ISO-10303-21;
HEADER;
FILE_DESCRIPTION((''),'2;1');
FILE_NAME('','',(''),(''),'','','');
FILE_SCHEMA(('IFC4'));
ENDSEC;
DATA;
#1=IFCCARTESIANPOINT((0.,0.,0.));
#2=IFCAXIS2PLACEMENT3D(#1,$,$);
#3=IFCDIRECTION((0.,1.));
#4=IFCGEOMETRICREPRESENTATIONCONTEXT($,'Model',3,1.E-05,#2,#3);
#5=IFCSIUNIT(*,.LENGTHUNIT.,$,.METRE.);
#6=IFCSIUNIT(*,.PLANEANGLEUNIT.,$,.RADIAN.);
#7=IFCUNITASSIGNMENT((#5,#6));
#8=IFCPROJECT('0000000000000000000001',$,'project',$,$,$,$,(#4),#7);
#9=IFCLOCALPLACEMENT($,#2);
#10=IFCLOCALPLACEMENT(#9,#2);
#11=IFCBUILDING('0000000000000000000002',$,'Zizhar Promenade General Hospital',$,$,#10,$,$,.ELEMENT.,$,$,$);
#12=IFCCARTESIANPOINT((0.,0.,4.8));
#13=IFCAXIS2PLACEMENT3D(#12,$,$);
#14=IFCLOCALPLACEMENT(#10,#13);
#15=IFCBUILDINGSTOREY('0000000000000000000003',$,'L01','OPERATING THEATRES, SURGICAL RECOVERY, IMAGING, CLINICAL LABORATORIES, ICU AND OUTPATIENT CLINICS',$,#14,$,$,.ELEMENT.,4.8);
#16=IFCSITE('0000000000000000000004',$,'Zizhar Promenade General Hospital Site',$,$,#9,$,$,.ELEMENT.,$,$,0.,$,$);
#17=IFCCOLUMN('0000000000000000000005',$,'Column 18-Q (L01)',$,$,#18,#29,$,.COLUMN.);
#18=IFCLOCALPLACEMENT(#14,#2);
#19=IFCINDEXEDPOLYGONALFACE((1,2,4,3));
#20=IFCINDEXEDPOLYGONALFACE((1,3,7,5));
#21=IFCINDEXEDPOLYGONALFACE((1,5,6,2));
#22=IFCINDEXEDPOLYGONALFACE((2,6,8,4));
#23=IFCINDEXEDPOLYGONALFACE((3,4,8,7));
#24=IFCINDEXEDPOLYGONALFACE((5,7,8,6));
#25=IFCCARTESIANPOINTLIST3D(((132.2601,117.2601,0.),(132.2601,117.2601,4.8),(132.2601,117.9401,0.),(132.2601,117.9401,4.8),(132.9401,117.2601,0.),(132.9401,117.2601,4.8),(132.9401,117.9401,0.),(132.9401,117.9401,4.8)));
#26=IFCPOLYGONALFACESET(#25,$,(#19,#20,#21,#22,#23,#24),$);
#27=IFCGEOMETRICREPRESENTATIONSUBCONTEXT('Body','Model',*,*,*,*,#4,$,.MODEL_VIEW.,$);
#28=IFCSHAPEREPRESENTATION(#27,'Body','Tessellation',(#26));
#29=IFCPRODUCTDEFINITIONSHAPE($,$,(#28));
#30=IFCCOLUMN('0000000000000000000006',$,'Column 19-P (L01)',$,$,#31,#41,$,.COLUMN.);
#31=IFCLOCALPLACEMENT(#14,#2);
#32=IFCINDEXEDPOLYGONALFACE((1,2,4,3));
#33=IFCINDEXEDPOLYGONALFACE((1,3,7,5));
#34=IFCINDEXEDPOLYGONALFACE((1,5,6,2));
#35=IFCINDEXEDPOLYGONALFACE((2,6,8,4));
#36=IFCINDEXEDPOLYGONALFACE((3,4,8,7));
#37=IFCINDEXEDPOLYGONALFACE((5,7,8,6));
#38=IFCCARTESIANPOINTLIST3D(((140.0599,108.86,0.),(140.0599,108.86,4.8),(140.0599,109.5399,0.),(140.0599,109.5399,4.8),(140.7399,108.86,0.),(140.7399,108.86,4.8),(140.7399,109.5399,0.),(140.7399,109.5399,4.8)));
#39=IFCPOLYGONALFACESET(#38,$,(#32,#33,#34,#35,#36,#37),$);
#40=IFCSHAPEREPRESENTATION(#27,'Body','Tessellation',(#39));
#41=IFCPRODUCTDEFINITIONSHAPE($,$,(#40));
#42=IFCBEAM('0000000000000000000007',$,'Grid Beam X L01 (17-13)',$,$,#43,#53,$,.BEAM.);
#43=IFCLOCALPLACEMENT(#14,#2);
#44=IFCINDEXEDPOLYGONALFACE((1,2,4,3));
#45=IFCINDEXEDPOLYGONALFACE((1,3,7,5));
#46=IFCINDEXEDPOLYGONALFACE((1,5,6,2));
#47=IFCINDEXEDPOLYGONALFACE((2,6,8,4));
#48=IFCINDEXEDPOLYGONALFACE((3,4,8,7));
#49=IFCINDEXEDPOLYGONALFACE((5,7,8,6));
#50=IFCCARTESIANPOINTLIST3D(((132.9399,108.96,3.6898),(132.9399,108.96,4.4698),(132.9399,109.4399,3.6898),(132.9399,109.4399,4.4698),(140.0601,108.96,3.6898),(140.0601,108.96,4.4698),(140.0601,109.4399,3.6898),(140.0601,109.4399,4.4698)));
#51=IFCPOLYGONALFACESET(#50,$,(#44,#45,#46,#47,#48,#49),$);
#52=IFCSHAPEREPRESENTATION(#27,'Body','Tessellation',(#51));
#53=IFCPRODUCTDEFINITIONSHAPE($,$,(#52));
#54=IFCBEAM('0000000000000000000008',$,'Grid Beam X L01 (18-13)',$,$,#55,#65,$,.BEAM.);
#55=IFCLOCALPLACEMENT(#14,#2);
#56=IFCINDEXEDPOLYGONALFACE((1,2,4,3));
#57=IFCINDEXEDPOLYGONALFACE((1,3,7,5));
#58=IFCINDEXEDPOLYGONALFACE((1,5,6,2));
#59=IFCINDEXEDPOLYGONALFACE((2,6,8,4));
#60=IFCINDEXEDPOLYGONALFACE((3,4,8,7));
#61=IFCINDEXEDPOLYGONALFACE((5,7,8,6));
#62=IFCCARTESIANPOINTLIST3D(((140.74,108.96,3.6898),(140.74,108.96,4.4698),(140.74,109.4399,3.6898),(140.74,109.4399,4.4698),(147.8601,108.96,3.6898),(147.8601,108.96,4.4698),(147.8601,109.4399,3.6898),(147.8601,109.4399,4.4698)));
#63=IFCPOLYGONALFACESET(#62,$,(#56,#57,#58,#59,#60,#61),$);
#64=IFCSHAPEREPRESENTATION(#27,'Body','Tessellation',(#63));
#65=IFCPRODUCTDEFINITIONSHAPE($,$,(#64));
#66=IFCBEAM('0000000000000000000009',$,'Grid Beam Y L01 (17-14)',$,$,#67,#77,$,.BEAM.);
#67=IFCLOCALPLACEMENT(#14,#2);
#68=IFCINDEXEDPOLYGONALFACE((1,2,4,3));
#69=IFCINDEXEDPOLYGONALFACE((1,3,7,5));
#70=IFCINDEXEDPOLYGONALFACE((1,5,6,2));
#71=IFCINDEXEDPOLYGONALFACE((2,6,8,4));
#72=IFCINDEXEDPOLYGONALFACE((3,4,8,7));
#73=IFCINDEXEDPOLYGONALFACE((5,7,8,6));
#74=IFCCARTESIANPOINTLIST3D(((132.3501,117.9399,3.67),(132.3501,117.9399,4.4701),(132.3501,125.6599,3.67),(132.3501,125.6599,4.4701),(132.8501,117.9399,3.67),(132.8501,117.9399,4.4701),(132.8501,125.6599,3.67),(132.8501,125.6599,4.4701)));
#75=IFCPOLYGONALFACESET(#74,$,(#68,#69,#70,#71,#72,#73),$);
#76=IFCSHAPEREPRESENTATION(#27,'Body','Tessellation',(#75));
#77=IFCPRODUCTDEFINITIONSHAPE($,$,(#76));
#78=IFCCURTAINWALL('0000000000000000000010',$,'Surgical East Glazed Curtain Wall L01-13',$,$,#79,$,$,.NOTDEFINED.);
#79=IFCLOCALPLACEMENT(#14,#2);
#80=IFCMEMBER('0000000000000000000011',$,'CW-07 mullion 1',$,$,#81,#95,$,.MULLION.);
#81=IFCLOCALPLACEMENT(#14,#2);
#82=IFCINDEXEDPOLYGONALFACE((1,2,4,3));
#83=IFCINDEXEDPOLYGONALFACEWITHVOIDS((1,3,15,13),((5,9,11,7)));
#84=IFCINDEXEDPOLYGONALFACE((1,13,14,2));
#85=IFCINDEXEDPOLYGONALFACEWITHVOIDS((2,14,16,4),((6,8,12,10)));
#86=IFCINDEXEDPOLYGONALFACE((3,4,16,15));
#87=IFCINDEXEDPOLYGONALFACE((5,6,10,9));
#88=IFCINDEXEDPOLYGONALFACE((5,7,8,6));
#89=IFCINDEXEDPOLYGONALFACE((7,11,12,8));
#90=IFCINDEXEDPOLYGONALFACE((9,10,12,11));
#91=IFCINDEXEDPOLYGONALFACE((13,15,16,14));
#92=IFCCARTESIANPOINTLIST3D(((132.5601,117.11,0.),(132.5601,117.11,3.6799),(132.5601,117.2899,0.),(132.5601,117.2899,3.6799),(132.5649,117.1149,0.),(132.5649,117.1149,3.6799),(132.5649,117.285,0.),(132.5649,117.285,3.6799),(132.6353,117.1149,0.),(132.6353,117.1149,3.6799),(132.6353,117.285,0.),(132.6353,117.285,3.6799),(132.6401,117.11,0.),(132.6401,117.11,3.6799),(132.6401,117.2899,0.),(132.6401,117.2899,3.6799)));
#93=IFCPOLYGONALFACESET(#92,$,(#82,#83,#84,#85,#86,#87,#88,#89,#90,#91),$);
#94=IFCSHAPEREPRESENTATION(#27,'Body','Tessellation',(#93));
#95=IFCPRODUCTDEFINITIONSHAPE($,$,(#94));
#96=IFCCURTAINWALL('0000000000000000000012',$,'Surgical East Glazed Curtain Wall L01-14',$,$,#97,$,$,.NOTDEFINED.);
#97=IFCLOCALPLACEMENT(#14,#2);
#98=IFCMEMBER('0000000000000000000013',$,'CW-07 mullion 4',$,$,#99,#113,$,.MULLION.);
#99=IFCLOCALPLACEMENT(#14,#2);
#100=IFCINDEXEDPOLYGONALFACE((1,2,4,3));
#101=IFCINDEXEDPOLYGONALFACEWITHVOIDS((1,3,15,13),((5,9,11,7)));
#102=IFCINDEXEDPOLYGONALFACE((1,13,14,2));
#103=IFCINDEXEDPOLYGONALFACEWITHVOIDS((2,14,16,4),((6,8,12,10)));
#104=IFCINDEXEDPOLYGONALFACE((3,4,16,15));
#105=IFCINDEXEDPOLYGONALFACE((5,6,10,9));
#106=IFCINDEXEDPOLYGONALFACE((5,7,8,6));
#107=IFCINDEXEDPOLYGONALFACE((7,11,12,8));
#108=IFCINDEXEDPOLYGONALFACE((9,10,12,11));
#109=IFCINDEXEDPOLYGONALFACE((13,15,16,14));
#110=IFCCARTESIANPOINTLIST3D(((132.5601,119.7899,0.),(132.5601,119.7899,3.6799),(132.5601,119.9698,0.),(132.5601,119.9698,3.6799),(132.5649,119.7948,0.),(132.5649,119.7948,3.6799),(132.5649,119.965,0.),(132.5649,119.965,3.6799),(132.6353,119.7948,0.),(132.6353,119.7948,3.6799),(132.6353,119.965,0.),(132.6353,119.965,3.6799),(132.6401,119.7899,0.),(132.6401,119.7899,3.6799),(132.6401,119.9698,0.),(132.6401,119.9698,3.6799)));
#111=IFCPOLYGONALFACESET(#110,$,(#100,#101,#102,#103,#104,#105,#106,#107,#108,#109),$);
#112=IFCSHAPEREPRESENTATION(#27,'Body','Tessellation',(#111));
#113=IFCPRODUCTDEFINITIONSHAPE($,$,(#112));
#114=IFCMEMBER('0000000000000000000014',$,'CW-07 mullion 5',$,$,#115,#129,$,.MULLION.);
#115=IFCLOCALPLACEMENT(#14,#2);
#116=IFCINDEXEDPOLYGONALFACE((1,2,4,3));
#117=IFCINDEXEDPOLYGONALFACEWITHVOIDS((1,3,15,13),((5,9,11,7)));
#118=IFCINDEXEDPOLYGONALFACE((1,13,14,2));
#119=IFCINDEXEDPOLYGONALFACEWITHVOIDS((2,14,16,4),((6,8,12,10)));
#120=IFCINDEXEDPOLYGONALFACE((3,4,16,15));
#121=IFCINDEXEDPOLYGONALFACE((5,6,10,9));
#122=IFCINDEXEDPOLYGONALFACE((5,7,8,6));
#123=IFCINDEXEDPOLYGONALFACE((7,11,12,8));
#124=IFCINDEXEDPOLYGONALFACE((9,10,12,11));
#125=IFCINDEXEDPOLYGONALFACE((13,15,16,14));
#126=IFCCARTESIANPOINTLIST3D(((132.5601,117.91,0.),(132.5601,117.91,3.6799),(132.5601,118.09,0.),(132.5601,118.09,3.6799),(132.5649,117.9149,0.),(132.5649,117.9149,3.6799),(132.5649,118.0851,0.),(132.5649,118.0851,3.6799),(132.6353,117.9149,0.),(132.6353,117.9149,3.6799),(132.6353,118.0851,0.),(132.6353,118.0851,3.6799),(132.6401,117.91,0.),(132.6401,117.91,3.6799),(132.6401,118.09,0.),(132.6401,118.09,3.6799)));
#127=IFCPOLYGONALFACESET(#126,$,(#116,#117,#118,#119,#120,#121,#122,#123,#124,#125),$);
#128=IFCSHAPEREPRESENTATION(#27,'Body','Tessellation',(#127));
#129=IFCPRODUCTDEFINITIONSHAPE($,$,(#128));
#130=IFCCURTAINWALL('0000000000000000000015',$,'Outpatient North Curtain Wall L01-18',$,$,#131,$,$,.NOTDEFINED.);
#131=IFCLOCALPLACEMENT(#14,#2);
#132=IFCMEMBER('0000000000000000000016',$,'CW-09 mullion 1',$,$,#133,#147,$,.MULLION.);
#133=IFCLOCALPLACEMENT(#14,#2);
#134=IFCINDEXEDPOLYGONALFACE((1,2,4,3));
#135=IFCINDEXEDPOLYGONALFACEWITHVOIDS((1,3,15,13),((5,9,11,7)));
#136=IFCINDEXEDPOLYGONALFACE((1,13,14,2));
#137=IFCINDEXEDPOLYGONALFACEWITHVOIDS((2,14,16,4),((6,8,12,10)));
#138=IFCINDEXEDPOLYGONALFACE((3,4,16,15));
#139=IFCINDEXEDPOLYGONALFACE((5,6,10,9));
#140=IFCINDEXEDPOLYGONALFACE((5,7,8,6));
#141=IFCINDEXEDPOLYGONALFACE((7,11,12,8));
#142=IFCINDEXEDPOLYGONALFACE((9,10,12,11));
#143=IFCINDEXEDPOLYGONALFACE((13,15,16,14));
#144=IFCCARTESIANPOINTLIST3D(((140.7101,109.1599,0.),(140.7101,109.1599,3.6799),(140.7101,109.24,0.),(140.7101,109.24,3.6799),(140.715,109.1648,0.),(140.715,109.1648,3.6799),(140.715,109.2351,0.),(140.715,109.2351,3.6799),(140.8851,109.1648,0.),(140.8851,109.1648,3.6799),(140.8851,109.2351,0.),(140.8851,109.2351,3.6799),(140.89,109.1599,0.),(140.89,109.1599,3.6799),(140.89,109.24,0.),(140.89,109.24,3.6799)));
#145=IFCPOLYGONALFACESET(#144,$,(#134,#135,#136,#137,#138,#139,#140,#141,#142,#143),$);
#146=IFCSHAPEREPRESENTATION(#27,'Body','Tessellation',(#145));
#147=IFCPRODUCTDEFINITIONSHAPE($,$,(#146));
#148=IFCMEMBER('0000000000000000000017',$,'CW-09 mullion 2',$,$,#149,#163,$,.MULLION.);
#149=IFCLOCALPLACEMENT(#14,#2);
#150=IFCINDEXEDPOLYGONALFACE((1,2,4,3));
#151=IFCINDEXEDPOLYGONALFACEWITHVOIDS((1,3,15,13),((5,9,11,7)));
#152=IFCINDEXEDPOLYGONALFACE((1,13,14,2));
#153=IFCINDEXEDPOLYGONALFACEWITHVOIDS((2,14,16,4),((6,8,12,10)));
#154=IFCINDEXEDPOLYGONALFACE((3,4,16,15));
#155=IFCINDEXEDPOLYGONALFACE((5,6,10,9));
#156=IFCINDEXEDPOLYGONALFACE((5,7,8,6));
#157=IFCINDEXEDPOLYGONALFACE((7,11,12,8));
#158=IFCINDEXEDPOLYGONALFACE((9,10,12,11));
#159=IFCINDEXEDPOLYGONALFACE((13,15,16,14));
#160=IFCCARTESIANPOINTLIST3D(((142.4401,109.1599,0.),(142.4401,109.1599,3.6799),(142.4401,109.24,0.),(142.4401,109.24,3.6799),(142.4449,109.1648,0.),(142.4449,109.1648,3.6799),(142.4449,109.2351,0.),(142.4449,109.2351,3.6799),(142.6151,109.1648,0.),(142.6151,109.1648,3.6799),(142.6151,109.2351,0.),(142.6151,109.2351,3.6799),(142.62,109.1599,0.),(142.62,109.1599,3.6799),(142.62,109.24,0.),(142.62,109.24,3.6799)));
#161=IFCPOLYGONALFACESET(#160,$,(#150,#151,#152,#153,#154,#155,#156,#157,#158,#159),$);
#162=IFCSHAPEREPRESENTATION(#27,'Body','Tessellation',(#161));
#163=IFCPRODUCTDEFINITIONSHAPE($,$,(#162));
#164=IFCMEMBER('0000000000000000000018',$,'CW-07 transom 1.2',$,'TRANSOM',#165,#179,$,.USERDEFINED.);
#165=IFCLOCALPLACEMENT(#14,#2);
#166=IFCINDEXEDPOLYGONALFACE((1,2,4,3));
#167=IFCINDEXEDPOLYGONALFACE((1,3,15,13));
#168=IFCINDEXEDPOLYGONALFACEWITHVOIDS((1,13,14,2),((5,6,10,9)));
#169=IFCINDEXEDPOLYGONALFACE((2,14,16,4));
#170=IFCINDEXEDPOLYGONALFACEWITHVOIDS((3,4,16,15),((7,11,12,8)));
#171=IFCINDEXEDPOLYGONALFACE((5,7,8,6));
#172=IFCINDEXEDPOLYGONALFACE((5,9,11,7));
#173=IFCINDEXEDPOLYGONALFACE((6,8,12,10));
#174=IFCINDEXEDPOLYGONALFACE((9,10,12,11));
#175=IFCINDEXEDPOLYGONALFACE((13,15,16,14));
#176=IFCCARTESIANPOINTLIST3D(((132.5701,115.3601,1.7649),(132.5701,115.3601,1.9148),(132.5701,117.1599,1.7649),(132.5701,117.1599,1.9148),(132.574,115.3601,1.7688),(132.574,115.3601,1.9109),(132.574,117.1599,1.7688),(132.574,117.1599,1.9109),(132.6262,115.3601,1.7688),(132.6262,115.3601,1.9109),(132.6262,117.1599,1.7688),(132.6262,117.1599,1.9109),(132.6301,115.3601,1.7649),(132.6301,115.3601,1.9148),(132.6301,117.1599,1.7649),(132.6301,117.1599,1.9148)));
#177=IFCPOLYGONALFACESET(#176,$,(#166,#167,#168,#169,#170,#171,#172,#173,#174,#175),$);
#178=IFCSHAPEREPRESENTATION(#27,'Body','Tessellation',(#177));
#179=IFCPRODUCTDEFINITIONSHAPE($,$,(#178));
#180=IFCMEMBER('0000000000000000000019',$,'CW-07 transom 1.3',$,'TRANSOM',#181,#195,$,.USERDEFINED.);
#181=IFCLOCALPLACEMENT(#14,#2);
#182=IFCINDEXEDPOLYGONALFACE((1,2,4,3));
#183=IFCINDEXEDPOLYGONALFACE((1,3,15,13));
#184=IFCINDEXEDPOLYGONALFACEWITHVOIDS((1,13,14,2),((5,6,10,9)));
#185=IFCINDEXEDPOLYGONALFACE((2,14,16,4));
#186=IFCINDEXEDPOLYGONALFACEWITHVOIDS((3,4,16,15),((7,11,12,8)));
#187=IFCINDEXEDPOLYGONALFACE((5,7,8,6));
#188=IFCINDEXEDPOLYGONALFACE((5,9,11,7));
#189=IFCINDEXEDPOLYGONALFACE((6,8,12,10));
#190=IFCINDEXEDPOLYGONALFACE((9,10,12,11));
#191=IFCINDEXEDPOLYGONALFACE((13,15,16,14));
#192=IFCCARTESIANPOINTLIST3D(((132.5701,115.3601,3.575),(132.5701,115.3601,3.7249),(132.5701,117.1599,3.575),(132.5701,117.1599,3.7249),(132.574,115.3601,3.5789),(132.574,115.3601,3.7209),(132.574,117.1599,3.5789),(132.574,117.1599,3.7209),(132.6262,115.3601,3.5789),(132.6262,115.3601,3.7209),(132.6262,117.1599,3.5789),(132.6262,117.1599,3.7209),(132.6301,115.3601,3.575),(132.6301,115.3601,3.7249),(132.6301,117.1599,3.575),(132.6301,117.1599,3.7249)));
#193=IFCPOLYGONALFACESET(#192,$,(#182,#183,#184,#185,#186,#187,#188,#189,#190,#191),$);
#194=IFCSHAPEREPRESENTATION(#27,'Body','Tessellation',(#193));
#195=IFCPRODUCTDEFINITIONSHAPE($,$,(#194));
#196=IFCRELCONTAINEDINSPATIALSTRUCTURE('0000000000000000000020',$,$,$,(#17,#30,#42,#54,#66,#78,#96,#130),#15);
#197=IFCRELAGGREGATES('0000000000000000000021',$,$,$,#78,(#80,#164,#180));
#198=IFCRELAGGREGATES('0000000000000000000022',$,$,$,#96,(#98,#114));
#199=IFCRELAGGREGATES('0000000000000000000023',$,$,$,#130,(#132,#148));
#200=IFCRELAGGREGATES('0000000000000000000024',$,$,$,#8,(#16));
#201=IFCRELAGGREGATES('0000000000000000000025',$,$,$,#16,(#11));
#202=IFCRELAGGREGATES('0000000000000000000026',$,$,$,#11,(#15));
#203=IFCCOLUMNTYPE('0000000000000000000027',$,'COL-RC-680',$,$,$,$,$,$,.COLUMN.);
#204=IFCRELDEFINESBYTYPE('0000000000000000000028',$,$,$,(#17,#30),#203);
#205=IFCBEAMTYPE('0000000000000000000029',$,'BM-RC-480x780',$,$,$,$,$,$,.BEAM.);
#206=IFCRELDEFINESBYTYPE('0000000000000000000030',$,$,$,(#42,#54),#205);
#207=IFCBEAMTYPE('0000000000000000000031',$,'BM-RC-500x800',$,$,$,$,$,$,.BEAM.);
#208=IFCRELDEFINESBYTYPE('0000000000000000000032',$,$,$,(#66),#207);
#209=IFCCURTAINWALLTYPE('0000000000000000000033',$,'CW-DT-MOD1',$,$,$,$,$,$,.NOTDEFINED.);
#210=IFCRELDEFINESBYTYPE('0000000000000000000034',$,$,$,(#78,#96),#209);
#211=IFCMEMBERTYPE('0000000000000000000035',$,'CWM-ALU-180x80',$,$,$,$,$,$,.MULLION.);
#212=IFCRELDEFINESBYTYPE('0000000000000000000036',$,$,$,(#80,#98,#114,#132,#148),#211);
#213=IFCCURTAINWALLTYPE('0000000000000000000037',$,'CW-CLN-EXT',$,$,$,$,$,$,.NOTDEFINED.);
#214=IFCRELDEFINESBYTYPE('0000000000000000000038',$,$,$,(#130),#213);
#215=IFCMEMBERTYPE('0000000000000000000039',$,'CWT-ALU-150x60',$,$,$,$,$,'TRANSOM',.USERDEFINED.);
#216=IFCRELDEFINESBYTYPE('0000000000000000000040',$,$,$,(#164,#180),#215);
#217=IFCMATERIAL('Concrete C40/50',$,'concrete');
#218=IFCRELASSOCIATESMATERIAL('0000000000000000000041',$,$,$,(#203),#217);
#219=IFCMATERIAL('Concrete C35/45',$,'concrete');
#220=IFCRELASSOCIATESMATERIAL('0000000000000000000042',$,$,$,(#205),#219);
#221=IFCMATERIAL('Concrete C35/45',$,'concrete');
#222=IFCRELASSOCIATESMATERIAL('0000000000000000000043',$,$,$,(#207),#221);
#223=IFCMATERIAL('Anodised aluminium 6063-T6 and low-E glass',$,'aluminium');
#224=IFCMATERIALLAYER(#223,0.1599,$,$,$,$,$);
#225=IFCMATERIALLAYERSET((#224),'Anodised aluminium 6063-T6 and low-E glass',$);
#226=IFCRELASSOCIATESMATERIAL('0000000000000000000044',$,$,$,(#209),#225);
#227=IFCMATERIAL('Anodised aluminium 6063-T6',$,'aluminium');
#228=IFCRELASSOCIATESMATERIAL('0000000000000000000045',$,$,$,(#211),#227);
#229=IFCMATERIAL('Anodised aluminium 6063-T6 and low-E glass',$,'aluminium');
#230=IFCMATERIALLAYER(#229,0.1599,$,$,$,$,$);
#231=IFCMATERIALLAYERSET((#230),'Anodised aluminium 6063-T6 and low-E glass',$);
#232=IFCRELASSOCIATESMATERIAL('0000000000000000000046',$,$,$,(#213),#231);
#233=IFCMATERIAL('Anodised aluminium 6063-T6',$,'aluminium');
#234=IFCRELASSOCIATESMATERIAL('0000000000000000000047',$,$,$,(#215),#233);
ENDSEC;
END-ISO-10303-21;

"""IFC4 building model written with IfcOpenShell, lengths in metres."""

from ifc_helpers import new_model, si_unit, direction, frame, origin, origin_2d, place, context, subcontext, project, spatial, rectangle, hollow_rectangle, extrude, material, layer, layer_set, material_profile, profile_set, type_object, element, aggregate, save


model = new_model("IFC4")

# Units and contexts
model_context = context("Model", 3, precision=1e-05, world=origin(), true_north=direction((0.0, 1.0)))
body_context = subcontext(model_context, "Body", "Model", "MODEL_VIEW")
ifc_project = project(units=[si_unit("LENGTHUNIT", "METRE"), si_unit("PLANEANGLEUNIT", "RADIAN")], contexts=[model_context])

# Site, building, storey
site_placement = place(None, origin())
site = spatial("IfcSite", under=ifc_project, at=site_placement, Name="Zizhar Promenade General Hospital Site", CompositionType="ELEMENT", RefElevation=0.0)
building_placement = place(site_placement, origin())
building = spatial("IfcBuilding", under=site, at=building_placement, Name="Zizhar Promenade General Hospital", CompositionType="ELEMENT")
storey_placement = place(building_placement, frame((0.0, 0.0, 4.8)))
storey = spatial("IfcBuildingStorey", under=building, at=storey_placement, Name="L01", Description="OPERATING THEATRES, SURGICAL RECOVERY, IMAGING, CLINICAL LABORATORIES, ICU AND OUTPATIENT CLINICS", CompositionType="ELEMENT", Elevation=4.8)

# Columns
ifc_material_1 = material(Name="Concrete C40/50", Category="concrete")
ifc_material_profile_1 = material_profile(ifc_material_1, rectangle(XDim=0.6799, YDim=0.6799, at=origin_2d()))
ifc_profile_set_1 = profile_set([ifc_material_profile_1], Name="Concrete C40/50")
column_type = type_object("IfcColumnType", Name="COL-RC-680", PredefinedType="COLUMN", material=ifc_profile_set_1)
for number, where, z_axis, x_axis, name in (
    (1, (132.6001, 117.6001, 0.0), (0.0, 0.0, 1.0), (1.0, 0.0, 0.0), "Column 18-Q (L01)"),
    (2, (140.3999, 109.2, 0.0), (0.0, 0.0, 1.0), (1.0, 0.0, 0.0), "Column 19-P (L01)"),
):
    element("IfcColumn", number, at=place(storey_placement, frame(where, z_axis=z_axis, x_axis=x_axis)), inside=storey, type_object=column_type, Name=name, PredefinedType="COLUMN", context=body_context, shape_type="SweptSolid", body=[
        extrude(rectangle(XDim=0.6799, YDim=0.6799, at=origin_2d()), origin(), (0.0, 0.0, 1.0), 4.8),
    ])

# Beams
ifc_material_2 = material(Name="Concrete C35/45", Category="concrete")
ifc_material_profile_2 = material_profile(ifc_material_2, rectangle(XDim=0.48, YDim=0.78, at=origin_2d()))
ifc_profile_set_2 = profile_set([ifc_material_profile_2], Name="Concrete C35/45")
beam_type_1 = type_object("IfcBeamType", Name="BM-RC-480x780", PredefinedType="BEAM", material=ifc_profile_set_2)
for number, where, z_axis, x_axis, name in (
    (3, (132.9399, 109.2, 4.0798), (1.0, 0.0, 0.0), (0.0, 1.0, 0.0), "Grid Beam X L01 (17-13)"),
    (4, (140.74, 109.2, 4.0798), (1.0, 0.0, 0.0), (0.0, 1.0, 0.0), "Grid Beam X L01 (18-13)"),
):
    element("IfcBeam", number, at=place(storey_placement, frame(where, z_axis=z_axis, x_axis=x_axis)), inside=storey, type_object=beam_type_1, Name=name, PredefinedType="BEAM", context=body_context, shape_type="SweptSolid", body=[
        extrude(rectangle(XDim=0.48, YDim=0.78, at=origin_2d()), origin(), (0.0, 0.0, 1.0), 7.1201),
    ])
ifc_material_3 = material(Name="Concrete C35/45", Category="concrete")
ifc_material_profile_3 = material_profile(ifc_material_3, rectangle(XDim=0.5, YDim=0.8, at=origin_2d()))
ifc_profile_set_3 = profile_set([ifc_material_profile_3], Name="Concrete C35/45")
beam_type_2 = type_object("IfcBeamType", Name="BM-RC-500x800", PredefinedType="BEAM", material=ifc_profile_set_3)
beam_placement = place(storey_placement, frame((132.6001, 117.9399, 4.0701), z_axis=(0.0, 1.0, 0.0), x_axis=(-1.0, 0.0, 0.0)))
element("IfcBeam", 5, at=beam_placement, inside=storey, type_object=beam_type_2, Name="Grid Beam Y L01 (17-14)", PredefinedType="BEAM", context=body_context, shape_type="SweptSolid", body=[
    extrude(rectangle(XDim=0.5, YDim=0.8, at=origin_2d()), origin(), (0.0, 0.0, 1.0), 7.72),
])

# Curtain wall, member
ifc_material_4 = material(Name="Anodised aluminium 6063-T6 and low-E glass", Category="aluminium")
ifc_layer_1 = layer(ifc_material_4, 0.1599)
ifc_layer_set_1 = layer_set([ifc_layer_1], Name="Anodised aluminium 6063-T6 and low-E glass")
curtain_wall_type_1 = type_object("IfcCurtainWallType", Name="CW-DT-MOD1", PredefinedType="NOTDEFINED", material=ifc_layer_set_1)
curtain_wall_1_placement = place(storey_placement, origin())
curtain_wall_1 = element("IfcCurtainWall", 6, at=curtain_wall_1_placement, inside=storey, type_object=curtain_wall_type_1, Name="Surgical East Glazed Curtain Wall L01-13", PredefinedType="NOTDEFINED")
ifc_material_5 = material(Name="Anodised aluminium 6063-T6", Category="aluminium")
ifc_material_profile_4 = material_profile(ifc_material_5, hollow_rectangle(XDim=0.0801, YDim=0.1799, WallThickness=0.0049, at=origin_2d()))
ifc_profile_set_4 = profile_set([ifc_material_profile_4], Name="Anodised aluminium 6063-T6")
member_type_1 = type_object("IfcMemberType", Name="CWM-ALU-180x80", PredefinedType="MULLION", material=ifc_profile_set_4)
member_1_placement = place(storey_placement, frame((132.6001, 117.2, 0.0), z_axis=(0.0, 0.0, 1.0), x_axis=(1.0, 0.0, 0.0)))
member_1 = element("IfcMember", 7, at=member_1_placement, type_object=member_type_1, Name="CW-07 mullion 1", PredefinedType="MULLION", context=body_context, shape_type="SweptSolid", body=[
    extrude(hollow_rectangle(XDim=0.0801, YDim=0.1799, WallThickness=0.0049, at=origin_2d()), origin(), (0.0, 0.0, 1.0), 3.6799),
])

# Curtain walls, members
curtain_wall_2_placement = place(storey_placement, origin())
curtain_wall_2 = element("IfcCurtainWall", 8, at=curtain_wall_2_placement, inside=storey, type_object=curtain_wall_type_1, Name="Surgical East Glazed Curtain Wall L01-14", PredefinedType="NOTDEFINED")
member_2_placement = place(storey_placement, frame((132.6001, 119.8799, 0.0), z_axis=(0.0, 0.0, 1.0), x_axis=(1.0, 0.0, 0.0)))
member_2 = element("IfcMember", 9, at=member_2_placement, type_object=member_type_1, Name="CW-07 mullion 4", PredefinedType="MULLION", context=body_context, shape_type="SweptSolid", body=[
    extrude(hollow_rectangle(XDim=0.0801, YDim=0.1799, WallThickness=0.0049, at=origin_2d()), origin(), (0.0, 0.0, 1.0), 3.6799),
])
member_3_placement = place(storey_placement, frame((132.6001, 118.0, 0.0), z_axis=(0.0, 0.0, 1.0), x_axis=(1.0, 0.0, 0.0)))
member_3 = element("IfcMember", 10, at=member_3_placement, type_object=member_type_1, Name="CW-07 mullion 5", PredefinedType="MULLION", context=body_context, shape_type="SweptSolid", body=[
    extrude(hollow_rectangle(XDim=0.0801, YDim=0.1799, WallThickness=0.0049, at=origin_2d()), origin(), (0.0, 0.0, 1.0), 3.6799),
])
ifc_material_6 = material(Name="Anodised aluminium 6063-T6 and low-E glass", Category="aluminium")
ifc_layer_2 = layer(ifc_material_6, 0.1599)
ifc_layer_set_2 = layer_set([ifc_layer_2], Name="Anodised aluminium 6063-T6 and low-E glass")
curtain_wall_type_2 = type_object("IfcCurtainWallType", Name="CW-CLN-EXT", PredefinedType="NOTDEFINED", material=ifc_layer_set_2)
curtain_wall_3_placement = place(storey_placement, origin())
curtain_wall_3 = element("IfcCurtainWall", 11, at=curtain_wall_3_placement, inside=storey, type_object=curtain_wall_type_2, Name="Outpatient North Curtain Wall L01-18", PredefinedType="NOTDEFINED")
member_4_placement = place(storey_placement, frame((140.8, 109.2, 0.0), z_axis=(0.0, 0.0, 1.0), x_axis=(0.0, 1.0, 0.0)))
member_4 = element("IfcMember", 12, at=member_4_placement, type_object=member_type_1, Name="CW-09 mullion 1", PredefinedType="MULLION", context=body_context, shape_type="SweptSolid", body=[
    extrude(hollow_rectangle(XDim=0.0801, YDim=0.1799, WallThickness=0.0049, at=origin_2d()), origin(), (0.0, 0.0, 1.0), 3.6799),
])
member_5_placement = place(storey_placement, frame((142.53, 109.2, 0.0), z_axis=(0.0, 0.0, 1.0), x_axis=(0.0, 1.0, 0.0)))
member_5 = element("IfcMember", 13, at=member_5_placement, type_object=member_type_1, Name="CW-09 mullion 2", PredefinedType="MULLION", context=body_context, shape_type="SweptSolid", body=[
    extrude(hollow_rectangle(XDim=0.0801, YDim=0.1799, WallThickness=0.0049, at=origin_2d()), origin(), (0.0, 0.0, 1.0), 3.6799),
])

# Members
ifc_material_7 = material(Name="Anodised aluminium 6063-T6", Category="aluminium")
ifc_material_profile_5 = material_profile(ifc_material_7, hollow_rectangle(XDim=0.0601, YDim=0.1499, WallThickness=0.0039, at=origin_2d()))
ifc_profile_set_5 = profile_set([ifc_material_profile_5], Name="Anodised aluminium 6063-T6")
member_type_2 = type_object("IfcMemberType", Name="CWT-ALU-150x60", ElementType="TRANSOM", PredefinedType="USERDEFINED", material=ifc_profile_set_5)
member_6_placement = place(storey_placement, frame((132.6001, 117.1599, 1.8398), z_axis=(0.0, -1.0, 0.0), x_axis=(1.0, 0.0, 0.0)))
member_6 = element("IfcMember", 14, at=member_6_placement, type_object=member_type_2, Name="CW-07 transom 1.2", ObjectType="TRANSOM", PredefinedType="USERDEFINED", context=body_context, shape_type="SweptSolid", body=[
    extrude(hollow_rectangle(XDim=0.0601, YDim=0.1499, WallThickness=0.0039, at=origin_2d()), origin(), (0.0, 0.0, 1.0), 1.7998),
])
member_7_placement = place(storey_placement, frame((132.6001, 117.1599, 3.6499), z_axis=(0.0, -1.0, 0.0), x_axis=(1.0, 0.0, 0.0)))
member_7 = element("IfcMember", 15, at=member_7_placement, type_object=member_type_2, Name="CW-07 transom 1.3", ObjectType="TRANSOM", PredefinedType="USERDEFINED", context=body_context, shape_type="SweptSolid", body=[
    extrude(hollow_rectangle(XDim=0.0601, YDim=0.1499, WallThickness=0.0039, at=origin_2d()), origin(), (0.0, 0.0, 1.0), 1.7998),
])
aggregate(curtain_wall_1, [member_1, member_6, member_7])

aggregate(curtain_wall_2, [member_2, member_3])
aggregate(curtain_wall_3, [member_4, member_5])

save(model, "model.ifc")
